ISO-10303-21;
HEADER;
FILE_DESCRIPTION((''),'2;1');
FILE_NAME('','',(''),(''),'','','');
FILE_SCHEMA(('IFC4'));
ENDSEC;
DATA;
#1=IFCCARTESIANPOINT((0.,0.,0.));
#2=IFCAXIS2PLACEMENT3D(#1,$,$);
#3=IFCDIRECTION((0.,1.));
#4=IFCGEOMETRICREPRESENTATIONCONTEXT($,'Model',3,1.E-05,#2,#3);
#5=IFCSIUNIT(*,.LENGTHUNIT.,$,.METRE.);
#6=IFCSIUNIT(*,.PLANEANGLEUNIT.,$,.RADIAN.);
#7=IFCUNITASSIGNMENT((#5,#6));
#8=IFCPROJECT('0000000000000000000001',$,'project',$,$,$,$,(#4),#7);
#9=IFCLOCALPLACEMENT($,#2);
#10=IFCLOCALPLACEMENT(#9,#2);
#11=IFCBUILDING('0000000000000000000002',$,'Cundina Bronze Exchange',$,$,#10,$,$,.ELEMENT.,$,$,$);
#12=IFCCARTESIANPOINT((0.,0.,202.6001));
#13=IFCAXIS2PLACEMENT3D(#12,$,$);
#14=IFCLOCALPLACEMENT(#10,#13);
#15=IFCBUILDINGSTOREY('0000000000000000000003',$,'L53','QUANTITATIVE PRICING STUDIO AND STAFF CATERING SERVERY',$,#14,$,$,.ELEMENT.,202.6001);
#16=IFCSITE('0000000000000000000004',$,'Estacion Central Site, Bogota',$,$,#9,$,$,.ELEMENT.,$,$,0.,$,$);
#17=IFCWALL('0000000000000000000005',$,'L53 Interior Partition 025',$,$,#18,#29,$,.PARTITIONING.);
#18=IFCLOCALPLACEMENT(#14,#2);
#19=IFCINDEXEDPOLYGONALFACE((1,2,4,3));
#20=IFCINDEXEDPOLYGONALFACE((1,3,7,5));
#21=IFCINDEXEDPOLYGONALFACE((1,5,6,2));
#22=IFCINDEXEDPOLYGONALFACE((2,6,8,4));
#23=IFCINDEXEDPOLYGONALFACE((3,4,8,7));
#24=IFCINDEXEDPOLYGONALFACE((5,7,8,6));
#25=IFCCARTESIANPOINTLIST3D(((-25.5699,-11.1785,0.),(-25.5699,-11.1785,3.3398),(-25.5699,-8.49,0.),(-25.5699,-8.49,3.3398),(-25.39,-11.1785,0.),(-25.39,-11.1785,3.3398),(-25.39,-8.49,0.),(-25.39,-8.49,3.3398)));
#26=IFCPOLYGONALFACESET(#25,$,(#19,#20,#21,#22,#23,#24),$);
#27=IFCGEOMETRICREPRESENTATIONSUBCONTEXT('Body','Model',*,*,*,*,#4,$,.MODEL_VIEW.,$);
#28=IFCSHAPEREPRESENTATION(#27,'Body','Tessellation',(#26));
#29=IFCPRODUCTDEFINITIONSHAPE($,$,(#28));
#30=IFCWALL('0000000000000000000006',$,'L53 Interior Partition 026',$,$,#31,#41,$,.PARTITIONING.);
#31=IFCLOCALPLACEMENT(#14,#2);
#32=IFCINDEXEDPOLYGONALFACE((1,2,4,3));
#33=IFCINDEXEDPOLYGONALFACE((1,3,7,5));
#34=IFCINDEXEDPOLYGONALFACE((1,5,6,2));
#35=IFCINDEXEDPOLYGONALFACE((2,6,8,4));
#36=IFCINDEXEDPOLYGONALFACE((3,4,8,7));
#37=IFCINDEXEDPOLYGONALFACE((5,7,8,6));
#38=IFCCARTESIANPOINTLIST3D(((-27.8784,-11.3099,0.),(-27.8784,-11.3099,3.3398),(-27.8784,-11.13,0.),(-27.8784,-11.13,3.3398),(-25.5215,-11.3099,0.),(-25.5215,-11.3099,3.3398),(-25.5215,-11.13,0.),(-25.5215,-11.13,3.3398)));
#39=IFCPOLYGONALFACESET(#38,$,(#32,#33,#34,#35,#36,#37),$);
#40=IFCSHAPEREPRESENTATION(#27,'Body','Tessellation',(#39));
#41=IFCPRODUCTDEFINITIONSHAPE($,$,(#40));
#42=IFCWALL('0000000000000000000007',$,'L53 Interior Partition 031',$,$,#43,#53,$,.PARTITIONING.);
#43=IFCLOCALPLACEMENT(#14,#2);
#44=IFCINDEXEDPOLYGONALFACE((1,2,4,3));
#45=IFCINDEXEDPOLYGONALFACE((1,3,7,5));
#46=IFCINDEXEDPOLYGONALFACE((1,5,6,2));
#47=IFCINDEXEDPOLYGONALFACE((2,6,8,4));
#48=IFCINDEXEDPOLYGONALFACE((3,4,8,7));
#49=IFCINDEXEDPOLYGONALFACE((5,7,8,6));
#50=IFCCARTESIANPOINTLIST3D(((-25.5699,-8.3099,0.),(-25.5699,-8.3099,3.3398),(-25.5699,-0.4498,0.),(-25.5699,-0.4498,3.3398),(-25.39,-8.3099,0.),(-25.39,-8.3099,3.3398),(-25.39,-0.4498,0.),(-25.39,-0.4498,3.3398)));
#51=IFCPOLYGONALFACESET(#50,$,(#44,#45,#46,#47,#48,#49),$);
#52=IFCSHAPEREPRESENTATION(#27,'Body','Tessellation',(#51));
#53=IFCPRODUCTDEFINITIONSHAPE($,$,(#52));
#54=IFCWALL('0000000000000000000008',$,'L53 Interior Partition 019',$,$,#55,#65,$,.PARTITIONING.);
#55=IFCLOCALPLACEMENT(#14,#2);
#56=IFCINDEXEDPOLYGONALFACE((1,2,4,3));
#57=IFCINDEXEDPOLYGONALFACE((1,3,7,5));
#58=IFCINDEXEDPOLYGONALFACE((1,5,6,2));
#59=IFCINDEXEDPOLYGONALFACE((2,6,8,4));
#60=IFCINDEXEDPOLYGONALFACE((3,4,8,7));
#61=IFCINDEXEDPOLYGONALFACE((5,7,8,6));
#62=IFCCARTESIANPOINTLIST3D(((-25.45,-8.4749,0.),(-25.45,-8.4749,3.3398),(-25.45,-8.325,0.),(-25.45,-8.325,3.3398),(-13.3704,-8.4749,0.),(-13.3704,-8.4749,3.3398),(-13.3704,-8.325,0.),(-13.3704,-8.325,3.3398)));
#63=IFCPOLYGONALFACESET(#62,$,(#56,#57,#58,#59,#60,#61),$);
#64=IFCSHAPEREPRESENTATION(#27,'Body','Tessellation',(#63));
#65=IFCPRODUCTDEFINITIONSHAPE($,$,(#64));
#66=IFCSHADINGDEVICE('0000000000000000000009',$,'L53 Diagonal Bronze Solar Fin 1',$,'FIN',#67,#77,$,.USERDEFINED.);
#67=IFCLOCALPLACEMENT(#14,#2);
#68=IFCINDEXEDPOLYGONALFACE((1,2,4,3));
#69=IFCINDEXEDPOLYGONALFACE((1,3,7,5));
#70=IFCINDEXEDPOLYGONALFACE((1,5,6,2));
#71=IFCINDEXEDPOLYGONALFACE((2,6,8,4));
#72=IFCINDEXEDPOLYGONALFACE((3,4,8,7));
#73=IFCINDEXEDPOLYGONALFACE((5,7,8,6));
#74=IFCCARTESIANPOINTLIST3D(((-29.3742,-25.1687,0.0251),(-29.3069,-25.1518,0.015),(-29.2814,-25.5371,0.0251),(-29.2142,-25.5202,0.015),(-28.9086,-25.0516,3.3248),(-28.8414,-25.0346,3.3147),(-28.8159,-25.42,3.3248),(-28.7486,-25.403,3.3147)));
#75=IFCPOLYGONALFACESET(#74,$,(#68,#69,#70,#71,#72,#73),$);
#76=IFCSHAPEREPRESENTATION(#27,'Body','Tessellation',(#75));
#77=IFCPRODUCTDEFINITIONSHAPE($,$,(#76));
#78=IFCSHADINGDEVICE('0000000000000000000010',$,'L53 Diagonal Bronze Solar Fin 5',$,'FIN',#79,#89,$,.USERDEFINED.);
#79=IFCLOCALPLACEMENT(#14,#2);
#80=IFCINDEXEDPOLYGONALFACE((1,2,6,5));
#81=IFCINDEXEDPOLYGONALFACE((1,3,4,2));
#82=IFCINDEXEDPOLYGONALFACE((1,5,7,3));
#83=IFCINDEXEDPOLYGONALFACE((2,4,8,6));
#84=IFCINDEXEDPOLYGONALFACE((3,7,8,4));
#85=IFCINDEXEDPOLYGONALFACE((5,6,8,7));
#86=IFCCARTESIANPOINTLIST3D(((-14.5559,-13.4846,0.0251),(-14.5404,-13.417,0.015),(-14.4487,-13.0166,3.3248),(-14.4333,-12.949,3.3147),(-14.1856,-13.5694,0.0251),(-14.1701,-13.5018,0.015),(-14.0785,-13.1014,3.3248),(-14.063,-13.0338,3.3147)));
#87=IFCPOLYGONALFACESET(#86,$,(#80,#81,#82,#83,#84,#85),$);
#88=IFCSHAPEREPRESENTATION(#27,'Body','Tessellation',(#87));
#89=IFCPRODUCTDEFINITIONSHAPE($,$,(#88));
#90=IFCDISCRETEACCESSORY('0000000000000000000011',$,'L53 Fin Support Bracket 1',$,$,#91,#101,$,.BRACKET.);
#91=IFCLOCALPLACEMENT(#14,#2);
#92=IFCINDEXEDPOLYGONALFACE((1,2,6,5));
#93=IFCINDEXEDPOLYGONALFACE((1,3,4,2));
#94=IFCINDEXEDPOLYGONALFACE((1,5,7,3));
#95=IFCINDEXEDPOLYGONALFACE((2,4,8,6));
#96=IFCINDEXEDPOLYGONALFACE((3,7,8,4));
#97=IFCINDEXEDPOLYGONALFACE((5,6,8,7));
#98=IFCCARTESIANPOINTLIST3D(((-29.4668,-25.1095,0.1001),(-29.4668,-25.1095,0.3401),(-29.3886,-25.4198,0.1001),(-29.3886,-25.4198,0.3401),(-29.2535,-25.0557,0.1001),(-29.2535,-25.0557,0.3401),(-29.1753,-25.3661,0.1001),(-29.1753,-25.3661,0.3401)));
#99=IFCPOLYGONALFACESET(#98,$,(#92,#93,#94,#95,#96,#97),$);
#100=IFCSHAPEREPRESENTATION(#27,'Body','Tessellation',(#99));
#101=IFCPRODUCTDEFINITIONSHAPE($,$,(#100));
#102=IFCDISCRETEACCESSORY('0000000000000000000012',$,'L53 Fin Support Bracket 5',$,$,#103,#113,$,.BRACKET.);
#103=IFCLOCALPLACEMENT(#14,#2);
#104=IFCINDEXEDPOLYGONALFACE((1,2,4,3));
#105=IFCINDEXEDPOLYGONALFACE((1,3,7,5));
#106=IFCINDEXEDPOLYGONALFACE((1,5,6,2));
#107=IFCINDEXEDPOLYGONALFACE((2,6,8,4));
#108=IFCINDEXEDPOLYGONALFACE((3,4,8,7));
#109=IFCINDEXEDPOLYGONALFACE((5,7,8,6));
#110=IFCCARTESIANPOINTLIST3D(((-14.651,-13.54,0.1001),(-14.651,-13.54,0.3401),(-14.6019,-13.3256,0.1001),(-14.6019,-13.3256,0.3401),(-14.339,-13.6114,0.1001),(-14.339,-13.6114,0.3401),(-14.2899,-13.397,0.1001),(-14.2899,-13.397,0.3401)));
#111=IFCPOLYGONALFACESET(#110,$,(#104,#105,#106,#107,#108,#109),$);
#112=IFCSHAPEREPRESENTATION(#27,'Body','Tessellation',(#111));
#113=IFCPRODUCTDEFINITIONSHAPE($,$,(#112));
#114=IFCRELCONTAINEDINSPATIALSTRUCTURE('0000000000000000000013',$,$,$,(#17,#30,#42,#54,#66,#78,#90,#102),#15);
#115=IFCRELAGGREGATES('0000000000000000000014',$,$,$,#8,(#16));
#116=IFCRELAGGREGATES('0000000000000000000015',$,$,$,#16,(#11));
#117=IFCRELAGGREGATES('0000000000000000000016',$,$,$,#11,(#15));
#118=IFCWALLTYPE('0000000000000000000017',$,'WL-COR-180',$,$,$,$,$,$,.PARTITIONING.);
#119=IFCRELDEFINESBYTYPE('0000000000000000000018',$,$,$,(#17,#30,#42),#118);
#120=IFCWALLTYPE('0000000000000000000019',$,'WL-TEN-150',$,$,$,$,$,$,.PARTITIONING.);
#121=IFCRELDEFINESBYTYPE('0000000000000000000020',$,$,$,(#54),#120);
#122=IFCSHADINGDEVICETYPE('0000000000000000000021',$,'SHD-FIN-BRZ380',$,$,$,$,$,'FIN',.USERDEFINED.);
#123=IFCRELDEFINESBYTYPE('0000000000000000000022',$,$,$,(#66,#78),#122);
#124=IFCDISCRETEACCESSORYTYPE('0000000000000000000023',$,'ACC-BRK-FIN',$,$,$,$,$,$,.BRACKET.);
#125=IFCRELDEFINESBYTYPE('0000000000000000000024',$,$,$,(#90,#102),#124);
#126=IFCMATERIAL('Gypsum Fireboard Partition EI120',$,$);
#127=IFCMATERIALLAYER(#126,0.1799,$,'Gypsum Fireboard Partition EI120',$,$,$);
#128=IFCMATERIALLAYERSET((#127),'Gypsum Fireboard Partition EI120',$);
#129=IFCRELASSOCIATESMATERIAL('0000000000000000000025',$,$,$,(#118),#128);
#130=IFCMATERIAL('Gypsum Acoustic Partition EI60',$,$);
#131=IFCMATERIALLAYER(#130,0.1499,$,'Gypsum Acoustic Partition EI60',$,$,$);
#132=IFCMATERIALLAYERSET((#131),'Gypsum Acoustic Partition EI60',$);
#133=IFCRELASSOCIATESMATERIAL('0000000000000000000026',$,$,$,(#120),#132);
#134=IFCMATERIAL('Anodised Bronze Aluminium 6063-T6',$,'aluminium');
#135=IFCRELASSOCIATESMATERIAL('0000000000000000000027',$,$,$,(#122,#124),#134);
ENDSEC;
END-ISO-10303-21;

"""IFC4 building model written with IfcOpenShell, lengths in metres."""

from ifc_helpers import new_model, si_unit, direction, frame, frame_2d, origin, origin_2d, place, context, subcontext, project, spatial, rectangle, extrude, material, layer, layer_set, material_profile, profile_set, type_object, element, save


model = new_model("IFC4")

# Units and contexts
model_context = context("Model", 3, precision=1e-05, world=origin(), true_north=direction((0.0, 1.0)))
body_context = subcontext(model_context, "Body", "Model", "MODEL_VIEW")
ifc_project = project(units=[si_unit("LENGTHUNIT", "METRE"), si_unit("PLANEANGLEUNIT", "RADIAN")], contexts=[model_context])

# Site, building, storey
site_placement = place(None, origin())
site = spatial("IfcSite", under=ifc_project, at=site_placement, Name="Estacion Central Site, Bogota", CompositionType="ELEMENT", RefElevation=0.0)
building_placement = place(site_placement, origin())
building = spatial("IfcBuilding", under=site, at=building_placement, Name="Cundina Bronze Exchange", CompositionType="ELEMENT")
storey_placement = place(building_placement, frame((0.0, 0.0, 202.6001)))
storey = spatial("IfcBuildingStorey", under=building, at=storey_placement, Name="L53", Description="QUANTITATIVE PRICING STUDIO AND STAFF CATERING SERVERY", CompositionType="ELEMENT", Elevation=202.6001)

# Shared definitions
ifc_material_1 = material(Name="Anodised Bronze Aluminium 6063-T6", Category="aluminium")

# Shared definitions
ifc_material_2 = material(Name="Gypsum Fireboard Partition EI120")
ifc_layer_1 = layer(ifc_material_2, 0.1799, Name="Gypsum Fireboard Partition EI120")
ifc_layer_set_1 = layer_set([ifc_layer_1], Name="Gypsum Fireboard Partition EI120")
wall_type_1 = type_object("IfcWallType", Name="WL-COR-180", PredefinedType="PARTITIONING", material=ifc_layer_set_1)

# Walls
wall_1_placement = place(storey_placement, frame((-25.48, -11.1785, 0.0), z_axis=(0.0, 0.0, 1.0), x_axis=(0.0, 1.0, 0.0)))
element("IfcWall", 1, at=wall_1_placement, inside=storey, type_object=wall_type_1, Name="L53 Interior Partition 025", PredefinedType="PARTITIONING", context=body_context, shape_type="SweptSolid", body=[
    extrude(rectangle(XDim=2.6885, YDim=0.1799, at=frame_2d((1.3442, 0.0))), origin(), (0.0, 0.0, 1.0), 3.3398),
])
wall_2_placement = place(storey_placement, frame((-27.8784, -11.22, 0.0), z_axis=(0.0, 0.0, 1.0), x_axis=(1.0, 0.0, 0.0)))
element("IfcWall", 2, at=wall_2_placement, inside=storey, type_object=wall_type_1, Name="L53 Interior Partition 026", PredefinedType="PARTITIONING", context=body_context, shape_type="SweptSolid", body=[
    extrude(rectangle(XDim=2.3569, YDim=0.1799, at=frame_2d((1.1785, 0.0))), origin(), (0.0, 0.0, 1.0), 3.3398),
])
wall_3_placement = place(storey_placement, frame((-25.48, -8.3101, 0.0), z_axis=(0.0, 0.0, 1.0), x_axis=(0.0, 1.0, 0.0)))
element("IfcWall", 3, at=wall_3_placement, inside=storey, type_object=wall_type_1, Name="L53 Interior Partition 031", PredefinedType="PARTITIONING", context=body_context, shape_type="SweptSolid", body=[
    extrude(rectangle(XDim=7.8601, YDim=0.1799, at=frame_2d((3.9302, 0.0))), origin(), (0.0, 0.0, 1.0), 3.3398),
])
ifc_material_3 = material(Name="Gypsum Acoustic Partition EI60")
ifc_layer_2 = layer(ifc_material_3, 0.1499, Name="Gypsum Acoustic Partition EI60")
ifc_layer_set_2 = layer_set([ifc_layer_2], Name="Gypsum Acoustic Partition EI60")
wall_type_2 = type_object("IfcWallType", Name="WL-TEN-150", PredefinedType="PARTITIONING", material=ifc_layer_set_2)
wall_4_placement = place(storey_placement, frame((-25.45, -8.3999, 0.0), z_axis=(0.0, 0.0, 1.0), x_axis=(1.0, 0.0, 0.0)))
element("IfcWall", 4, at=wall_4_placement, inside=storey, type_object=wall_type_2, Name="L53 Interior Partition 019", PredefinedType="PARTITIONING", context=body_context, shape_type="SweptSolid", body=[
    extrude(rectangle(XDim=12.0796, YDim=0.1499, at=frame_2d((6.0398, 0.0))), origin(), (0.0, 0.0, 1.0), 3.3398),
])

# Shading devices
ifc_material_profile_1 = material_profile(ifc_material_1, rectangle(XDim=0.0701, YDim=0.3799, at=origin_2d()), Name="FIN70X380", Category="aluminium")
ifc_profile_set_1 = profile_set([ifc_material_profile_1], Name="Anodised Bronze Aluminium 6063-T6")
shading_device_type = type_object("IfcShadingDeviceType", Name="SHD-FIN-BRZ380", ElementType="FIN", PredefinedType="USERDEFINED", material=ifc_profile_set_1)
for number, where, z_axis, x_axis, name in (
    (5, (-29.2942, -25.3445, 0.02), (0.139622, 0.035143, 0.989581), (-0.959649, -0.241548, 0.143977), "L53 Diagonal Bronze Solar Fin 1"),
    (6, (-14.363, -13.4932, 0.02), (0.032142, 0.140354, 0.98958), (-0.220899, -0.964609, 0.143987), "L53 Diagonal Bronze Solar Fin 5"),
):
    element("IfcShadingDevice", number, at=place(storey_placement, frame(where, z_axis=z_axis, x_axis=x_axis)), inside=storey, type_object=shading_device_type, Name=name, ObjectType="FIN", PredefinedType="USERDEFINED", context=body_context, shape_type="SweptSolid", body=[
        extrude(rectangle(XDim=0.0701, YDim=0.3799, at=origin_2d()), origin(), (0.0, 0.0, 1.0), 3.3345),
    ])

# Discrete accessories
discrete_accessory_type = type_object("IfcDiscreteAccessoryType", Name="ACC-BRK-FIN", PredefinedType="BRACKET", material=ifc_material_1)
for number, where, z_axis, x_axis, name in (
    (7, (-29.321, -25.2378, 0.1001), (0.0, 0.0, 1.0), (0.969732, 0.244174, 0.0), "L53 Fin Support Bracket 1"),
    (8, (-14.4705, -13.4685, 0.1001), (0.0, 0.0, 1.0), (0.223284, 0.974753, 0.0), "L53 Fin Support Bracket 5"),
):
    element("IfcDiscreteAccessory", number, at=place(storey_placement, frame(where, z_axis=z_axis, x_axis=x_axis)), inside=storey, type_object=discrete_accessory_type, Name=name, PredefinedType="BRACKET", context=body_context, shape_type="SweptSolid", body=[
        extrude(rectangle(XDim=0.22, YDim=0.3201, at=origin_2d()), origin(), (0.0, 0.0, 1.0), 0.24),
    ])

save(model, "model.ifc")
